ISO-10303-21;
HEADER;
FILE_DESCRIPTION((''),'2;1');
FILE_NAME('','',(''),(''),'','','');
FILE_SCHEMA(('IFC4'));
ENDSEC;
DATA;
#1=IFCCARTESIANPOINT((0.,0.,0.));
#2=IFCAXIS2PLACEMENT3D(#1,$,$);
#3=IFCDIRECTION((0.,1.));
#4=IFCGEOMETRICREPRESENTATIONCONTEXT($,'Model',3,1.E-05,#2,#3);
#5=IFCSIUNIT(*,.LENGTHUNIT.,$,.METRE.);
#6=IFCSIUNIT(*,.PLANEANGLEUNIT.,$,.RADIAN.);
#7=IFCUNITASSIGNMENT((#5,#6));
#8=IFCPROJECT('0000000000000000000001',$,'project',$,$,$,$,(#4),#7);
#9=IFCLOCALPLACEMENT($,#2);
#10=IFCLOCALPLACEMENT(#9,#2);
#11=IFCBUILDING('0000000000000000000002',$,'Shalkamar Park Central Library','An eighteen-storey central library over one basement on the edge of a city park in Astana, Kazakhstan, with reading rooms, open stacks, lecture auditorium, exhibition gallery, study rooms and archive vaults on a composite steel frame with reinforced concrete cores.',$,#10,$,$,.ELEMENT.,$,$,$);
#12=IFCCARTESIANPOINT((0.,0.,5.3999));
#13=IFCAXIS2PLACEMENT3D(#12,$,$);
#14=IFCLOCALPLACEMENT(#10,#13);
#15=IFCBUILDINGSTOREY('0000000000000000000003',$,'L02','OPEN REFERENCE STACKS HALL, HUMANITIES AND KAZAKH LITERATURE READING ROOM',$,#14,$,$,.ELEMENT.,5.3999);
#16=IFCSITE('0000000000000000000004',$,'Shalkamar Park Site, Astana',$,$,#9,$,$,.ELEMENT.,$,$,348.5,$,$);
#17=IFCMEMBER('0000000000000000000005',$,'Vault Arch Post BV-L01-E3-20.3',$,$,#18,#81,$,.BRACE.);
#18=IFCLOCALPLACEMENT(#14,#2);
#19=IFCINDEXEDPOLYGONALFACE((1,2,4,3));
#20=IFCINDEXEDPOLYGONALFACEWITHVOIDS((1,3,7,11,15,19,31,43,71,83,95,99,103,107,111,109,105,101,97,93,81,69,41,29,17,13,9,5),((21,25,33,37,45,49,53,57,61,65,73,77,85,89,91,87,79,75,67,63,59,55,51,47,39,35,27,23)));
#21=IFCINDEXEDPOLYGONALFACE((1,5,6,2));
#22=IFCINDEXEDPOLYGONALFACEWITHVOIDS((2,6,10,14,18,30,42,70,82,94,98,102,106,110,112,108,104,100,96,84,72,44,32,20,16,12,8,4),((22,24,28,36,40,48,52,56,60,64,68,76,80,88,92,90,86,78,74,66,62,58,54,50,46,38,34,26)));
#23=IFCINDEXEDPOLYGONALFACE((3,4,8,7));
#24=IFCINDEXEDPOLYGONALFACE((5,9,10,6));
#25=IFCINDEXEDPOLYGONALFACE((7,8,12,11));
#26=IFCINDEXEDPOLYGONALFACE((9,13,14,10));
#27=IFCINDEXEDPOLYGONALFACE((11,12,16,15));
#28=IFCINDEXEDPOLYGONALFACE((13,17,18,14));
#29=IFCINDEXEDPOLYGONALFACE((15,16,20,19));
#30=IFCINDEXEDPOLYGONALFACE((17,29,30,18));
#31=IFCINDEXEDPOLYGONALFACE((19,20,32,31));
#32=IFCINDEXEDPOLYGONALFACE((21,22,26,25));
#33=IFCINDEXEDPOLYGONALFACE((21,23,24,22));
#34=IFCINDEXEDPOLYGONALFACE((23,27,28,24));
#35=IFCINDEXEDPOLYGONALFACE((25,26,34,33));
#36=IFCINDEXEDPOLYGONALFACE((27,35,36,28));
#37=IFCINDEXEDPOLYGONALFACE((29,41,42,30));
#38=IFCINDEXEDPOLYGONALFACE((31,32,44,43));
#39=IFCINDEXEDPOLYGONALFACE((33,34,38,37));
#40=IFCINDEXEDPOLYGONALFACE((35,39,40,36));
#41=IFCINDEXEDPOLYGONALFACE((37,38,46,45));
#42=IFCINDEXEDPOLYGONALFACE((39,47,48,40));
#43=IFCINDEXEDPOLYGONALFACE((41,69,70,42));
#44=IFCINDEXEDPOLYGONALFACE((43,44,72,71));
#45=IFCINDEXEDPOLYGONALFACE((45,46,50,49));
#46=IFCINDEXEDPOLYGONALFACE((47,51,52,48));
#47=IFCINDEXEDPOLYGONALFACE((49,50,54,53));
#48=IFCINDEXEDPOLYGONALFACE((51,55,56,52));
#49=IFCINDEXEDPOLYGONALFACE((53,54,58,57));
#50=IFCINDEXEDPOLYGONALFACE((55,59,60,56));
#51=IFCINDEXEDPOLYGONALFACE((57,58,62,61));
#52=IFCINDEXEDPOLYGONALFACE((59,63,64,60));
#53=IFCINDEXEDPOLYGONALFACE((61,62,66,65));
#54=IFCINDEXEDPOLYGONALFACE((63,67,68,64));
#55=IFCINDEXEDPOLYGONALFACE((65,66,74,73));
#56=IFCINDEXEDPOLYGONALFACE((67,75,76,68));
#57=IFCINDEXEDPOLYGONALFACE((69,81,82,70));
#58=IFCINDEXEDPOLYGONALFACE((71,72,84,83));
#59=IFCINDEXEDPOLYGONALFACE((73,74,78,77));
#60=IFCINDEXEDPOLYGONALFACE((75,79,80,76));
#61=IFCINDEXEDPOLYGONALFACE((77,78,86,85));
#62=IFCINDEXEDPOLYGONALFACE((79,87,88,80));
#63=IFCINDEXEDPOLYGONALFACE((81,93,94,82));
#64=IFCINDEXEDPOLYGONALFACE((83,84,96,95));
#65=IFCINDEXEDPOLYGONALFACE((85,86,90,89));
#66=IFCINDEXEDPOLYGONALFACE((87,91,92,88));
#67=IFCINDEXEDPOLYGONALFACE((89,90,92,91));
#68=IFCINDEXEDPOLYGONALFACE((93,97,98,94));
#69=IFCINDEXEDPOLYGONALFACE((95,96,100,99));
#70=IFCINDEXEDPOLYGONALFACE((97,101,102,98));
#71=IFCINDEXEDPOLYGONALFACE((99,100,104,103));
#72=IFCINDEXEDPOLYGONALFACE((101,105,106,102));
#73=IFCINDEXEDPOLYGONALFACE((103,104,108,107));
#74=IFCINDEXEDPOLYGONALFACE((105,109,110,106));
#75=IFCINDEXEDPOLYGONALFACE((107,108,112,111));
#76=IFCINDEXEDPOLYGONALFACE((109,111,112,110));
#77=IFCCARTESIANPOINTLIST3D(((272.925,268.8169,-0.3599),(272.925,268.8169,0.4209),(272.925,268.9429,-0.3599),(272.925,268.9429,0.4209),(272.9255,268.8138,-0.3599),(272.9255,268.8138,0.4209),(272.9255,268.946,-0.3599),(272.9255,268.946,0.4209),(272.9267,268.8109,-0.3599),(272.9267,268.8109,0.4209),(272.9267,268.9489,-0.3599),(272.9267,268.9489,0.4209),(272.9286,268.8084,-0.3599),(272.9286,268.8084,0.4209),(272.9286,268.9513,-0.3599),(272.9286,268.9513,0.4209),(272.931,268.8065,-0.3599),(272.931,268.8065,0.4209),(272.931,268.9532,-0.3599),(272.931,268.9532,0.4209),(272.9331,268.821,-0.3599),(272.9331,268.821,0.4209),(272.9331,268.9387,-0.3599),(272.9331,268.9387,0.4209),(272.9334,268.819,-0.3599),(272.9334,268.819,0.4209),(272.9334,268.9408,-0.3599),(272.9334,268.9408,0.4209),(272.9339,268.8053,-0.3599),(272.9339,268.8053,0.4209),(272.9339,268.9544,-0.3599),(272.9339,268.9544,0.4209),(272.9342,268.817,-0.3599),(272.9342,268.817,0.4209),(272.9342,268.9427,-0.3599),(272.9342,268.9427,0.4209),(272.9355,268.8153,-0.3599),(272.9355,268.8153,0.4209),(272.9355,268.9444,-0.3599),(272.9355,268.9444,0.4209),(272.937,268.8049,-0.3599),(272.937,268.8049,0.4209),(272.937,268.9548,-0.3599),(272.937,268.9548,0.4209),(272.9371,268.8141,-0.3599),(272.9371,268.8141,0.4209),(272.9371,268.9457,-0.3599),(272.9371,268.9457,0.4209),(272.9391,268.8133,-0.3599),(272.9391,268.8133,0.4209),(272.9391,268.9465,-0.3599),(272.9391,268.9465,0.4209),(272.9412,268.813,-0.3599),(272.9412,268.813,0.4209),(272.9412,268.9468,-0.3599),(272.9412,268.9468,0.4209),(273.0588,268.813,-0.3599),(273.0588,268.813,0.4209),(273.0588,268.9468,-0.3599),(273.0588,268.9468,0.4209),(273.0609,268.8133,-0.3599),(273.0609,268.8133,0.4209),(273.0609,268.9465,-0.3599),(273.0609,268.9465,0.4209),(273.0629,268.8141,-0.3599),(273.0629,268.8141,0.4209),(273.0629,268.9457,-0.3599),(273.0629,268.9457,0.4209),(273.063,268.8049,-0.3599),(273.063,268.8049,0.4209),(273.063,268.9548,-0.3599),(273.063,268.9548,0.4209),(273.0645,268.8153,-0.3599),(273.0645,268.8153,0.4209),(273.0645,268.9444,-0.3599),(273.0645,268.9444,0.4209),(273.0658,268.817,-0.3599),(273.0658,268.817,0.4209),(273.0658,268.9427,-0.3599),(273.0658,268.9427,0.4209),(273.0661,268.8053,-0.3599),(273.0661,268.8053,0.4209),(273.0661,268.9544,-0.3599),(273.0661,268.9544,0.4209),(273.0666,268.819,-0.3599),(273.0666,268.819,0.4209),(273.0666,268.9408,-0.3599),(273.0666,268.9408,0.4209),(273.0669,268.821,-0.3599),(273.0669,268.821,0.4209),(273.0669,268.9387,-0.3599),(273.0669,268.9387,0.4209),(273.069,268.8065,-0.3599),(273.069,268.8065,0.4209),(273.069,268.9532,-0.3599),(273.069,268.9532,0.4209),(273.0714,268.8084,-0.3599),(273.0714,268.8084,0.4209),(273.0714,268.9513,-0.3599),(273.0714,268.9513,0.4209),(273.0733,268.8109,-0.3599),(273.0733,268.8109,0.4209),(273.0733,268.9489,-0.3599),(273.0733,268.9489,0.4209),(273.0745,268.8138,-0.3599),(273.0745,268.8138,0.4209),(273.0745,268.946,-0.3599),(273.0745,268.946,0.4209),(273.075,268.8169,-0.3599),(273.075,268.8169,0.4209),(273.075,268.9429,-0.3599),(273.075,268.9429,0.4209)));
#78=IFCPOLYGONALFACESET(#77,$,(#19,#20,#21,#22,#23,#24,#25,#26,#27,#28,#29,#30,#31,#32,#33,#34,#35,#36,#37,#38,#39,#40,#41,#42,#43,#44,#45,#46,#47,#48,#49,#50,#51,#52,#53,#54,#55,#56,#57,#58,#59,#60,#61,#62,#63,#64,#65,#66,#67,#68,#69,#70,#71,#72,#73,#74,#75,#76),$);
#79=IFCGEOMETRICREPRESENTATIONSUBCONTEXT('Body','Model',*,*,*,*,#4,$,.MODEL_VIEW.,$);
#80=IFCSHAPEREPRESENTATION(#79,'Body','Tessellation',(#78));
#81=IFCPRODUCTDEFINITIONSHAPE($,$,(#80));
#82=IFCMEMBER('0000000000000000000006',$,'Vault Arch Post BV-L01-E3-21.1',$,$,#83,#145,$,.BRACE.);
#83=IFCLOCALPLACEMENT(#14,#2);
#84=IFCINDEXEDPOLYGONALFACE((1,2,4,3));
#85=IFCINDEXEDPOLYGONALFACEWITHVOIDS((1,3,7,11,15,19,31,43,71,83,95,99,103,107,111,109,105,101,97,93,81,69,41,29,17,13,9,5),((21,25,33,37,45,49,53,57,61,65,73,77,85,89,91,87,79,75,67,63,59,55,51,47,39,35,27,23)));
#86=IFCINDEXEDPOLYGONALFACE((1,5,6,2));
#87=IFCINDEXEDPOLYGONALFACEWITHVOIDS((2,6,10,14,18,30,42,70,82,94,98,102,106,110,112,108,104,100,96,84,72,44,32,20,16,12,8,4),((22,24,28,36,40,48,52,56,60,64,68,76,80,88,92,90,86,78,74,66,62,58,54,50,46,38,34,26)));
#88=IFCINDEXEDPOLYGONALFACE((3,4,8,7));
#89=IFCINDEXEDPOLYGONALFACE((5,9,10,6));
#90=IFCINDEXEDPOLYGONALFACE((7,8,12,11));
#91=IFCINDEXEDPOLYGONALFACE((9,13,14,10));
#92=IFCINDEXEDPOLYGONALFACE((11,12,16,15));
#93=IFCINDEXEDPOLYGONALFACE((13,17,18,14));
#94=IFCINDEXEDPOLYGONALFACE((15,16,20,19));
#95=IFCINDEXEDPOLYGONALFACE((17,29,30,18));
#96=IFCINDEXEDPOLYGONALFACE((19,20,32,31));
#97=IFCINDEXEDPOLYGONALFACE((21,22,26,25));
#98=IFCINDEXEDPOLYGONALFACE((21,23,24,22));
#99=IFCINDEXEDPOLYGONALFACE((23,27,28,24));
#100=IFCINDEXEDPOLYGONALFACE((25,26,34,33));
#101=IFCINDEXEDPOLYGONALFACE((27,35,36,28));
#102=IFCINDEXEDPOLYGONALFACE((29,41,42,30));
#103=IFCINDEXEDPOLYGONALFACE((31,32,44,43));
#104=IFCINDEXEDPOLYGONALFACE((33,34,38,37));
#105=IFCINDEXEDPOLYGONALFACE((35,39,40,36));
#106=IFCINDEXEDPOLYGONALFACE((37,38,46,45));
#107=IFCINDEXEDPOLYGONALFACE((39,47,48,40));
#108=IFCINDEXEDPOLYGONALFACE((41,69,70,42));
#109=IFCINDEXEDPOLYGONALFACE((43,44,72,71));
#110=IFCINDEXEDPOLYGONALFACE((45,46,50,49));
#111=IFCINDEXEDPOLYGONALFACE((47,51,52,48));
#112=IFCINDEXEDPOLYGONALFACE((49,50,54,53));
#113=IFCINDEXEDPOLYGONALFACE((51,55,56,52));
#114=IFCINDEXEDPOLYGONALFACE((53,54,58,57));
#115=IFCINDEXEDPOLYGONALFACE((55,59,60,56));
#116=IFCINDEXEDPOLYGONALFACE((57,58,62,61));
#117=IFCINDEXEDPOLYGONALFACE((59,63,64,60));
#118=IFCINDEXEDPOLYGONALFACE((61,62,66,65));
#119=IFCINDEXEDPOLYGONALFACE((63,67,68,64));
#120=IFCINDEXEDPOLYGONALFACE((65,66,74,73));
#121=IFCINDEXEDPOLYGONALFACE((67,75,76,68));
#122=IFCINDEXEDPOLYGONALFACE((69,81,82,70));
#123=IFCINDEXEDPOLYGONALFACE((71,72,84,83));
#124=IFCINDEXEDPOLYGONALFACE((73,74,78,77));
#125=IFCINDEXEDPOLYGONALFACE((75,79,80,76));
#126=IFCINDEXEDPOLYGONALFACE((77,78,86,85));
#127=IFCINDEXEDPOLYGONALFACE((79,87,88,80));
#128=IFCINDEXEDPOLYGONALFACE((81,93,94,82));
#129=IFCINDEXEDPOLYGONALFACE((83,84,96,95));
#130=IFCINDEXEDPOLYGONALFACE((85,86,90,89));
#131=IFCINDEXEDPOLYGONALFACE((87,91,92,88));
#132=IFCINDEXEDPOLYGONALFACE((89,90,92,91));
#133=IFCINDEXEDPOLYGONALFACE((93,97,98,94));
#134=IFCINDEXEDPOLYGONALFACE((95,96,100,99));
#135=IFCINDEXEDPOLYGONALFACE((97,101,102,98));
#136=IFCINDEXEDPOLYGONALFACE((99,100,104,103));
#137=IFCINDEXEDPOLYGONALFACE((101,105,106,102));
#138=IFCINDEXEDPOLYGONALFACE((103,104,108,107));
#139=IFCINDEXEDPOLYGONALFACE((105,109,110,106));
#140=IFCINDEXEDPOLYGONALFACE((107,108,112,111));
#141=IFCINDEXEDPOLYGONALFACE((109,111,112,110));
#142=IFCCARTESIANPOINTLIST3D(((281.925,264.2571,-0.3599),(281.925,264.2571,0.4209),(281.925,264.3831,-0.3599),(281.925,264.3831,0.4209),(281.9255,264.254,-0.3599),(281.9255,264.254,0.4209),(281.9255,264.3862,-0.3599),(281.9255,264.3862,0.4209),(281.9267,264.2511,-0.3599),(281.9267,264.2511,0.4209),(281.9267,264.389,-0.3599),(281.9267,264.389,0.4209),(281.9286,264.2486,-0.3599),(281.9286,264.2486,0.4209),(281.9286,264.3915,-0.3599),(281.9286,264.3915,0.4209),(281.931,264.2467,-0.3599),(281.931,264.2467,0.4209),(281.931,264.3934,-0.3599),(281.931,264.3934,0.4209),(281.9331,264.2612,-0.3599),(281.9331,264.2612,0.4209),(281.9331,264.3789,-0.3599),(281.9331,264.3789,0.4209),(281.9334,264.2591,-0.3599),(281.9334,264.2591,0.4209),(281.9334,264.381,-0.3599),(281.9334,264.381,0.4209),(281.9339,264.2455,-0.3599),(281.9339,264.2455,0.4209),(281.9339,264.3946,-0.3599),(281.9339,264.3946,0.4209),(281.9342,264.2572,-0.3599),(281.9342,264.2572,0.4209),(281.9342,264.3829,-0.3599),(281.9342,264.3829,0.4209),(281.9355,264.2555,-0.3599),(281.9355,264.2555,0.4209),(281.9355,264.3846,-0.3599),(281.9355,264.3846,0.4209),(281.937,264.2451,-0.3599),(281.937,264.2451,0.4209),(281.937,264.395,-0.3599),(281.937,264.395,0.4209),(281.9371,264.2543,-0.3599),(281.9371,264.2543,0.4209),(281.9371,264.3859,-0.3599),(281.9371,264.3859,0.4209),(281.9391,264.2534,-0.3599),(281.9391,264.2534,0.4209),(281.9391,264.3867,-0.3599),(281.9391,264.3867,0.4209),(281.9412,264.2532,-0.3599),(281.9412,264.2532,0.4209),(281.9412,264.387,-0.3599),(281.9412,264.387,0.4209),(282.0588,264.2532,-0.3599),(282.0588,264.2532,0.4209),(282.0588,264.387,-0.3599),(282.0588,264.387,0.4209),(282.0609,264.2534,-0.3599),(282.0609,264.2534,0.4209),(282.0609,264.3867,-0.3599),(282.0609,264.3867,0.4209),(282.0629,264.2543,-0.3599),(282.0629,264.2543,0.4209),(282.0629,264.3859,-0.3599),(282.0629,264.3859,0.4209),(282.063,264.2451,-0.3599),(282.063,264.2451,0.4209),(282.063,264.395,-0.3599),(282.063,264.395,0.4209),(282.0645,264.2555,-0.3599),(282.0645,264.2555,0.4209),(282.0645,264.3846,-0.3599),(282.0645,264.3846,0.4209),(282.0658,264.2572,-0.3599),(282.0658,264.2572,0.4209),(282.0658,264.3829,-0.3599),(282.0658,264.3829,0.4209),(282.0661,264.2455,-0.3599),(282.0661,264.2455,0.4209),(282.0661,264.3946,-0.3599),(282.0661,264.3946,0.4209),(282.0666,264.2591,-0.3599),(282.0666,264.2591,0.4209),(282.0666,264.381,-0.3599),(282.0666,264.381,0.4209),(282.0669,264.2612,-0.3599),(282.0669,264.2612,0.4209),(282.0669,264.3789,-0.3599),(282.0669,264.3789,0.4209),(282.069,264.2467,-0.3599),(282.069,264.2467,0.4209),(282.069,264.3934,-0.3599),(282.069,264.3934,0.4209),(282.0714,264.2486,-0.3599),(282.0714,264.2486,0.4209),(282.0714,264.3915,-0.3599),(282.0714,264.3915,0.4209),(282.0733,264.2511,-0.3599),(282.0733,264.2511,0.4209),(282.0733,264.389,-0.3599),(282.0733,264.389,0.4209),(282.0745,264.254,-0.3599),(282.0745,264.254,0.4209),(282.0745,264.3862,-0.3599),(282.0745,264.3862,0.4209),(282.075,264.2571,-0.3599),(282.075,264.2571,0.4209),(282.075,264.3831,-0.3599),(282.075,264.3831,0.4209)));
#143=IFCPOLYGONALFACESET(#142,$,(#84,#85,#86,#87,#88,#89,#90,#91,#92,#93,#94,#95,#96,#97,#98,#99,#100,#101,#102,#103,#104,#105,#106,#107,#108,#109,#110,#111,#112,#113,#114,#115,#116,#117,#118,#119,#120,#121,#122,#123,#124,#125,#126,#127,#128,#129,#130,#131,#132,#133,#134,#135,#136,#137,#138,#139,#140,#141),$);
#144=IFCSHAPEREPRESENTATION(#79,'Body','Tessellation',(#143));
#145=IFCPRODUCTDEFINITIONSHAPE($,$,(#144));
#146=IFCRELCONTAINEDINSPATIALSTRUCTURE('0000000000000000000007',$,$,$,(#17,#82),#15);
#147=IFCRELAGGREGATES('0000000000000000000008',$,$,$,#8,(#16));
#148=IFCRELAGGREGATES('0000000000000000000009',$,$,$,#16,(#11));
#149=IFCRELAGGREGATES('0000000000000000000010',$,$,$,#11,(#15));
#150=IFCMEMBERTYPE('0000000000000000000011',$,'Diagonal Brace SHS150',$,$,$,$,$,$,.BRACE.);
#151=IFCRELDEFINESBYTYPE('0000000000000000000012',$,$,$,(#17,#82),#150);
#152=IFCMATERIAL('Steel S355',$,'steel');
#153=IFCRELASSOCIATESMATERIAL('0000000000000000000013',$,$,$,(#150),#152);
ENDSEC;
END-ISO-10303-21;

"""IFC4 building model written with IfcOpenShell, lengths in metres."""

from ifc_helpers import new_model, si_unit, direction, frame, origin, origin_2d, place, context, subcontext, project, spatial, hollow_rectangle, extrude, material, material_profile, profile_set, type_object, element, save


model = new_model("IFC4")

# Units and contexts
model_context = context("Model", 3, precision=1e-05, world=origin(), true_north=direction((0.0, 1.0)))
body_context = subcontext(model_context, "Body", "Model", "MODEL_VIEW")
ifc_project = project(units=[si_unit("LENGTHUNIT", "METRE"), si_unit("PLANEANGLEUNIT", "RADIAN")], contexts=[model_context])

# Site, building, storey
site_placement = place(None, origin())
site = spatial("IfcSite", under=ifc_project, at=site_placement, Name="Shalkamar Park Site, Astana", CompositionType="ELEMENT", RefElevation=348.5)
building_placement = place(site_placement, origin())
building = spatial("IfcBuilding", under=site, at=building_placement, Name="Shalkamar Park Central Library", Description="An eighteen-storey central library over one basement on the edge of a city park in Astana, Kazakhstan, with reading rooms, open stacks, lecture auditorium, exhibition gallery, study rooms and archive vaults on a composite steel frame with reinforced concrete cores.", CompositionType="ELEMENT")
storey_placement = place(building_placement, frame((0.0, 0.0, 5.3999)))
storey = spatial("IfcBuildingStorey", under=building, at=storey_placement, Name="L02", Description="OPEN REFERENCE STACKS HALL, HUMANITIES AND KAZAKH LITERATURE READING ROOM", CompositionType="ELEMENT", Elevation=5.3999)

# Shared definitions
ifc_material_1 = material(Name="Steel S355", Category="steel")

# Members
ifc_material_profile_1 = material_profile(ifc_material_1, hollow_rectangle(XDim=0.1499, YDim=0.1499, WallThickness=0.0081, InnerFilletRadius=0.0081, OuterFilletRadius=0.012, at=origin_2d()), Name="SHS 150x150x8")
ifc_profile_set_1 = profile_set([ifc_material_profile_1], Name="Steel S355")
member_type_1 = type_object("IfcMemberType", Name="Diagonal Brace SHS150", PredefinedType="BRACE", material=ifc_profile_set_1)
for number, where, z_axis, x_axis, name in (
    (1, (273.0, 268.8799, -0.3599), (0.0, 0.0, 1.0), (1.0, 0.0, 0.0), "Vault Arch Post BV-L01-E3-20.3"),
    (2, (282.0, 264.3201, -0.3599), (0.0, 0.0, 1.0), (1.0, 0.0, 0.0), "Vault Arch Post BV-L01-E3-21.1"),
):
    element("IfcMember", number, at=place(storey_placement, frame(where, z_axis=z_axis, x_axis=x_axis)), inside=storey, type_object=member_type_1, Name=name, PredefinedType="BRACE", context=body_context, shape_type="SweptSolid", body=[
        extrude(hollow_rectangle(XDim=0.1499, YDim=0.1499, WallThickness=0.0081, InnerFilletRadius=0.0081, OuterFilletRadius=0.012, at=origin_2d()), origin(), (0.0, 0.0, 1.0), 0.7808),
    ])

save(model, "model.ifc")
